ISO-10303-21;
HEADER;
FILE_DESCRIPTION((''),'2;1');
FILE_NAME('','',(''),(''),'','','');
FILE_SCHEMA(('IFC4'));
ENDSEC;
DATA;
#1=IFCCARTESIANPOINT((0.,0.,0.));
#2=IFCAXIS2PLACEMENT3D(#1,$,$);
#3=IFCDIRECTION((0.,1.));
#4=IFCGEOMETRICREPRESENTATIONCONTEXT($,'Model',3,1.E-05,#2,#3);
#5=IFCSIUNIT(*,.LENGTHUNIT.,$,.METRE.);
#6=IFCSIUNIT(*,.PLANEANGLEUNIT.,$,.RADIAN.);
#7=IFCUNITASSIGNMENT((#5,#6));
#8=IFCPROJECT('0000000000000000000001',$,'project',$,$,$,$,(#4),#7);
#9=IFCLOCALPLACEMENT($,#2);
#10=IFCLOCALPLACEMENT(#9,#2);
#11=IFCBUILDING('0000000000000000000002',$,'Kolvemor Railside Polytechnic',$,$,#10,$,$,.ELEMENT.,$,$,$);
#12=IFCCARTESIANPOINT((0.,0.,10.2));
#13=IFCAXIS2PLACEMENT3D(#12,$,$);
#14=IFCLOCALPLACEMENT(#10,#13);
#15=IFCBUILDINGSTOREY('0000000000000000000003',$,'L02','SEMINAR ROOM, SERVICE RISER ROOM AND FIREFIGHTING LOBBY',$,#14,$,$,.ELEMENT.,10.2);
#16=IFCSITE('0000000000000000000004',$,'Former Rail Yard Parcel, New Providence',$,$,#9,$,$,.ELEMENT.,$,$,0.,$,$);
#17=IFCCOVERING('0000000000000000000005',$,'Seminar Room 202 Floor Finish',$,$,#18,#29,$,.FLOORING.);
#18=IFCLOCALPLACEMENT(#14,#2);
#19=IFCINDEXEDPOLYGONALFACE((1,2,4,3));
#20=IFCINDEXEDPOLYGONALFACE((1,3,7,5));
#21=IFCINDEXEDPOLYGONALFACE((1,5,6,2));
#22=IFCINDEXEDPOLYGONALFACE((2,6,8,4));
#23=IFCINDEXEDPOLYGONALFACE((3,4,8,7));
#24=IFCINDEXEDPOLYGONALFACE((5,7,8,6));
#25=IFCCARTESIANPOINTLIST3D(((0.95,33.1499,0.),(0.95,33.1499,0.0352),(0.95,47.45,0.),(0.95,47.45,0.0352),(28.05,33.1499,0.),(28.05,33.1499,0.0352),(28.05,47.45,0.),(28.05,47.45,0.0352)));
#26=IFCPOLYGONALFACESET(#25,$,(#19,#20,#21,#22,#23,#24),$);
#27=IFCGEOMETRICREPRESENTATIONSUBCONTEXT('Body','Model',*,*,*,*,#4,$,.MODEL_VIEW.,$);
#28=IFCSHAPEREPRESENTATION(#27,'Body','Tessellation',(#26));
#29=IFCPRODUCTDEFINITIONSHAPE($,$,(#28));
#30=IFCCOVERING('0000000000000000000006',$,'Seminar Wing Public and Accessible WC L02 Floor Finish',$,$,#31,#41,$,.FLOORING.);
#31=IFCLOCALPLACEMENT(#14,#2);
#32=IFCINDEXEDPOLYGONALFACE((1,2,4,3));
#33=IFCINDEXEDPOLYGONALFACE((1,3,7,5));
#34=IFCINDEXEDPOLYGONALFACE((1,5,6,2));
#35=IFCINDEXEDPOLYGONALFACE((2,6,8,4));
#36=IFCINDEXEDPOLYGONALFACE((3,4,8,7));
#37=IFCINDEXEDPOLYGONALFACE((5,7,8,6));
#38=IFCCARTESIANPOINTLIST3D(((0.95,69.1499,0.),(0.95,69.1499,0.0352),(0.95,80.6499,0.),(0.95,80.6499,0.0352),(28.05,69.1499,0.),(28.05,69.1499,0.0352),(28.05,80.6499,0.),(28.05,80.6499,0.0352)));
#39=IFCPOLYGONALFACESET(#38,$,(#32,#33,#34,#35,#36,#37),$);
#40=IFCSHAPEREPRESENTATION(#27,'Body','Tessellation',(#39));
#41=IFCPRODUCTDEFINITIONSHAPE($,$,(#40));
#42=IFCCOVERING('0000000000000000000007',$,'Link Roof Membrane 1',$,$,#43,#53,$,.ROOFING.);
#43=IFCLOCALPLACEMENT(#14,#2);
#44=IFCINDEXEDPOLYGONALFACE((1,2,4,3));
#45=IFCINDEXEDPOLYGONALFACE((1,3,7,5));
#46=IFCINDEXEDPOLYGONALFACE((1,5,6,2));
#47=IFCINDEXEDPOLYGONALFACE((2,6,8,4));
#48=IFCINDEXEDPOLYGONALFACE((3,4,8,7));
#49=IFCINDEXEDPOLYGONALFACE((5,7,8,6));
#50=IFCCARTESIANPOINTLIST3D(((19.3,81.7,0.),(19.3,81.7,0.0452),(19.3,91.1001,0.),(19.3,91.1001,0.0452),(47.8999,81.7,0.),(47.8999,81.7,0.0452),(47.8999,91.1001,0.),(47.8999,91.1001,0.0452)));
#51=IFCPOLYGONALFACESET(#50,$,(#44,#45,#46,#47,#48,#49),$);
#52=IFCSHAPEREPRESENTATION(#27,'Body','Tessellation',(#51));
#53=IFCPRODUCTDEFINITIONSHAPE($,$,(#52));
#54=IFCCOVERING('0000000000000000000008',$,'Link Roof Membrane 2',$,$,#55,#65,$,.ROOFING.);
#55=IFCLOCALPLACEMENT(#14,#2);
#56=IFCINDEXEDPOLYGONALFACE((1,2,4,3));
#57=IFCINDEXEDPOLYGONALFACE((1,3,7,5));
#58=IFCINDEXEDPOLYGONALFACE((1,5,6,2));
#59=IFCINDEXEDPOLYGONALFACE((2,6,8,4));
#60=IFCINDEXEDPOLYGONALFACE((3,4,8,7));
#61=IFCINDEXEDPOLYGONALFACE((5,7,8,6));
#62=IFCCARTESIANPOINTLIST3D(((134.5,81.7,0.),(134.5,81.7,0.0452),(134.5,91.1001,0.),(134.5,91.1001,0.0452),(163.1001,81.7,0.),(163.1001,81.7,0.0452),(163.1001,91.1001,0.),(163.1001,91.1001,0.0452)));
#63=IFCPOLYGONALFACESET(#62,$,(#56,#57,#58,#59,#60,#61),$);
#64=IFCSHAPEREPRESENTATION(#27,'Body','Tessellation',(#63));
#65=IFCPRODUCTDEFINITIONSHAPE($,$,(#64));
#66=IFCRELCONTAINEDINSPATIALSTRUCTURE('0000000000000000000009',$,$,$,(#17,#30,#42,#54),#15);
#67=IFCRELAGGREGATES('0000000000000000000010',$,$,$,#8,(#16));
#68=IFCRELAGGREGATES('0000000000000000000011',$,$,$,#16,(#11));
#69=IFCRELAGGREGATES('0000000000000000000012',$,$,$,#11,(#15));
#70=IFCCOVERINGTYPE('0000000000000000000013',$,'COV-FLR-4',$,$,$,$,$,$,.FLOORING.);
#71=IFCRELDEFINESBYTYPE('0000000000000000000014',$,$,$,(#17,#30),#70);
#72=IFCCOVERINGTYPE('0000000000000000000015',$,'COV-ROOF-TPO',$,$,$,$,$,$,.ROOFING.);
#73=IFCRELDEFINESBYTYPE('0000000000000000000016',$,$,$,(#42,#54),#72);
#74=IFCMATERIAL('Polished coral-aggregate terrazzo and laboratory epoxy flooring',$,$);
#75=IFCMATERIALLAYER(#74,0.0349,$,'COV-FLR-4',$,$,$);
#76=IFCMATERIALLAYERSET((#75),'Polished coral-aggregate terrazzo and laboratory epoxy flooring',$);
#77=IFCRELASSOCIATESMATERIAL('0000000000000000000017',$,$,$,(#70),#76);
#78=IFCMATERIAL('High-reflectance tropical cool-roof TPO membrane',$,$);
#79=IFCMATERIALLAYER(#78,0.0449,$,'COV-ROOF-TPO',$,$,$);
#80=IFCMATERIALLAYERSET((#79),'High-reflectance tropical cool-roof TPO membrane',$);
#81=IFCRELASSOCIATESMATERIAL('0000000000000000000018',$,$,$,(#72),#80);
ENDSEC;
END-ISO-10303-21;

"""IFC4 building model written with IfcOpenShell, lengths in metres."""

from ifc_helpers import new_model, si_unit, direction, frame, origin, place, context, subcontext, project, spatial, polyline, outline, extrude, material, layer, layer_set, type_object, element, save


model = new_model("IFC4")

# Units and contexts
model_context = context("Model", 3, precision=1e-05, world=origin(), true_north=direction((0.0, 1.0)))
body_context = subcontext(model_context, "Body", "Model", "MODEL_VIEW")
ifc_project = project(units=[si_unit("LENGTHUNIT", "METRE"), si_unit("PLANEANGLEUNIT", "RADIAN")], contexts=[model_context])

# Site, building, storey
site_placement = place(None, origin())
site = spatial("IfcSite", under=ifc_project, at=site_placement, Name="Former Rail Yard Parcel, New Providence", CompositionType="ELEMENT", RefElevation=0.0)
building_placement = place(site_placement, origin())
building = spatial("IfcBuilding", under=site, at=building_placement, Name="Kolvemor Railside Polytechnic", CompositionType="ELEMENT")
storey_placement = place(building_placement, frame((0.0, 0.0, 10.2)))
storey = spatial("IfcBuildingStorey", under=building, at=storey_placement, Name="L02", Description="SEMINAR ROOM, SERVICE RISER ROOM AND FIREFIGHTING LOBBY", CompositionType="ELEMENT", Elevation=10.2)

# Coverings
ifc_material_1 = material(Name="Polished coral-aggregate terrazzo and laboratory epoxy flooring")
ifc_layer_1 = layer(ifc_material_1, 0.0349, Name="COV-FLR-4")
ifc_layer_set_1 = layer_set([ifc_layer_1], Name="Polished coral-aggregate terrazzo and laboratory epoxy flooring")
covering_type_1 = type_object("IfcCoveringType", Name="COV-FLR-4", PredefinedType="FLOORING", material=ifc_layer_set_1)
covering_1_placement = place(storey_placement, origin())
element("IfcCovering", 1, at=covering_1_placement, inside=storey, type_object=covering_type_1, Name="Seminar Room 202 Floor Finish", PredefinedType="FLOORING", context=body_context, shape_type="SweptSolid", body=[
    extrude(outline(polyline([(0.95, 33.1499), (28.05, 33.1499), (28.05, 47.45), (0.95, 47.45), (0.95, 33.1499)])), origin(), (0.0, 0.0, 1.0), 0.0352),
])
covering_2_placement = place(storey_placement, origin())
element("IfcCovering", 2, at=covering_2_placement, inside=storey, type_object=covering_type_1, Name="Seminar Wing Public and Accessible WC L02 Floor Finish", PredefinedType="FLOORING", context=body_context, shape_type="SweptSolid", body=[
    extrude(outline(polyline([(0.95, 69.1499), (28.05, 69.1499), (28.05, 80.6499), (0.95, 80.6499), (0.95, 69.1499)])), origin(), (0.0, 0.0, 1.0), 0.0352),
])
ifc_material_2 = material(Name="High-reflectance tropical cool-roof TPO membrane")
ifc_layer_2 = layer(ifc_material_2, 0.0449, Name="COV-ROOF-TPO")
ifc_layer_set_2 = layer_set([ifc_layer_2], Name="High-reflectance tropical cool-roof TPO membrane")
covering_type_2 = type_object("IfcCoveringType", Name="COV-ROOF-TPO", PredefinedType="ROOFING", material=ifc_layer_set_2)
covering_3_placement = place(storey_placement, origin())
element("IfcCovering", 3, at=covering_3_placement, inside=storey, type_object=covering_type_2, Name="Link Roof Membrane 1", PredefinedType="ROOFING", context=body_context, shape_type="SweptSolid", body=[
    extrude(outline(polyline([(19.3, 81.7), (47.8999, 81.7), (47.8999, 91.1001), (19.3, 91.1001), (19.3, 81.7)])), origin(), (0.0, 0.0, 1.0), 0.0452),
])
covering_4_placement = place(storey_placement, origin())
element("IfcCovering", 4, at=covering_4_placement, inside=storey, type_object=covering_type_2, Name="Link Roof Membrane 2", PredefinedType="ROOFING", context=body_context, shape_type="SweptSolid", body=[
    extrude(outline(polyline([(134.5, 81.7), (163.1001, 81.7), (163.1001, 91.1001), (134.5, 91.1001), (134.5, 81.7)])), origin(), (0.0, 0.0, 1.0), 0.0452),
])

save(model, "model.ifc")
